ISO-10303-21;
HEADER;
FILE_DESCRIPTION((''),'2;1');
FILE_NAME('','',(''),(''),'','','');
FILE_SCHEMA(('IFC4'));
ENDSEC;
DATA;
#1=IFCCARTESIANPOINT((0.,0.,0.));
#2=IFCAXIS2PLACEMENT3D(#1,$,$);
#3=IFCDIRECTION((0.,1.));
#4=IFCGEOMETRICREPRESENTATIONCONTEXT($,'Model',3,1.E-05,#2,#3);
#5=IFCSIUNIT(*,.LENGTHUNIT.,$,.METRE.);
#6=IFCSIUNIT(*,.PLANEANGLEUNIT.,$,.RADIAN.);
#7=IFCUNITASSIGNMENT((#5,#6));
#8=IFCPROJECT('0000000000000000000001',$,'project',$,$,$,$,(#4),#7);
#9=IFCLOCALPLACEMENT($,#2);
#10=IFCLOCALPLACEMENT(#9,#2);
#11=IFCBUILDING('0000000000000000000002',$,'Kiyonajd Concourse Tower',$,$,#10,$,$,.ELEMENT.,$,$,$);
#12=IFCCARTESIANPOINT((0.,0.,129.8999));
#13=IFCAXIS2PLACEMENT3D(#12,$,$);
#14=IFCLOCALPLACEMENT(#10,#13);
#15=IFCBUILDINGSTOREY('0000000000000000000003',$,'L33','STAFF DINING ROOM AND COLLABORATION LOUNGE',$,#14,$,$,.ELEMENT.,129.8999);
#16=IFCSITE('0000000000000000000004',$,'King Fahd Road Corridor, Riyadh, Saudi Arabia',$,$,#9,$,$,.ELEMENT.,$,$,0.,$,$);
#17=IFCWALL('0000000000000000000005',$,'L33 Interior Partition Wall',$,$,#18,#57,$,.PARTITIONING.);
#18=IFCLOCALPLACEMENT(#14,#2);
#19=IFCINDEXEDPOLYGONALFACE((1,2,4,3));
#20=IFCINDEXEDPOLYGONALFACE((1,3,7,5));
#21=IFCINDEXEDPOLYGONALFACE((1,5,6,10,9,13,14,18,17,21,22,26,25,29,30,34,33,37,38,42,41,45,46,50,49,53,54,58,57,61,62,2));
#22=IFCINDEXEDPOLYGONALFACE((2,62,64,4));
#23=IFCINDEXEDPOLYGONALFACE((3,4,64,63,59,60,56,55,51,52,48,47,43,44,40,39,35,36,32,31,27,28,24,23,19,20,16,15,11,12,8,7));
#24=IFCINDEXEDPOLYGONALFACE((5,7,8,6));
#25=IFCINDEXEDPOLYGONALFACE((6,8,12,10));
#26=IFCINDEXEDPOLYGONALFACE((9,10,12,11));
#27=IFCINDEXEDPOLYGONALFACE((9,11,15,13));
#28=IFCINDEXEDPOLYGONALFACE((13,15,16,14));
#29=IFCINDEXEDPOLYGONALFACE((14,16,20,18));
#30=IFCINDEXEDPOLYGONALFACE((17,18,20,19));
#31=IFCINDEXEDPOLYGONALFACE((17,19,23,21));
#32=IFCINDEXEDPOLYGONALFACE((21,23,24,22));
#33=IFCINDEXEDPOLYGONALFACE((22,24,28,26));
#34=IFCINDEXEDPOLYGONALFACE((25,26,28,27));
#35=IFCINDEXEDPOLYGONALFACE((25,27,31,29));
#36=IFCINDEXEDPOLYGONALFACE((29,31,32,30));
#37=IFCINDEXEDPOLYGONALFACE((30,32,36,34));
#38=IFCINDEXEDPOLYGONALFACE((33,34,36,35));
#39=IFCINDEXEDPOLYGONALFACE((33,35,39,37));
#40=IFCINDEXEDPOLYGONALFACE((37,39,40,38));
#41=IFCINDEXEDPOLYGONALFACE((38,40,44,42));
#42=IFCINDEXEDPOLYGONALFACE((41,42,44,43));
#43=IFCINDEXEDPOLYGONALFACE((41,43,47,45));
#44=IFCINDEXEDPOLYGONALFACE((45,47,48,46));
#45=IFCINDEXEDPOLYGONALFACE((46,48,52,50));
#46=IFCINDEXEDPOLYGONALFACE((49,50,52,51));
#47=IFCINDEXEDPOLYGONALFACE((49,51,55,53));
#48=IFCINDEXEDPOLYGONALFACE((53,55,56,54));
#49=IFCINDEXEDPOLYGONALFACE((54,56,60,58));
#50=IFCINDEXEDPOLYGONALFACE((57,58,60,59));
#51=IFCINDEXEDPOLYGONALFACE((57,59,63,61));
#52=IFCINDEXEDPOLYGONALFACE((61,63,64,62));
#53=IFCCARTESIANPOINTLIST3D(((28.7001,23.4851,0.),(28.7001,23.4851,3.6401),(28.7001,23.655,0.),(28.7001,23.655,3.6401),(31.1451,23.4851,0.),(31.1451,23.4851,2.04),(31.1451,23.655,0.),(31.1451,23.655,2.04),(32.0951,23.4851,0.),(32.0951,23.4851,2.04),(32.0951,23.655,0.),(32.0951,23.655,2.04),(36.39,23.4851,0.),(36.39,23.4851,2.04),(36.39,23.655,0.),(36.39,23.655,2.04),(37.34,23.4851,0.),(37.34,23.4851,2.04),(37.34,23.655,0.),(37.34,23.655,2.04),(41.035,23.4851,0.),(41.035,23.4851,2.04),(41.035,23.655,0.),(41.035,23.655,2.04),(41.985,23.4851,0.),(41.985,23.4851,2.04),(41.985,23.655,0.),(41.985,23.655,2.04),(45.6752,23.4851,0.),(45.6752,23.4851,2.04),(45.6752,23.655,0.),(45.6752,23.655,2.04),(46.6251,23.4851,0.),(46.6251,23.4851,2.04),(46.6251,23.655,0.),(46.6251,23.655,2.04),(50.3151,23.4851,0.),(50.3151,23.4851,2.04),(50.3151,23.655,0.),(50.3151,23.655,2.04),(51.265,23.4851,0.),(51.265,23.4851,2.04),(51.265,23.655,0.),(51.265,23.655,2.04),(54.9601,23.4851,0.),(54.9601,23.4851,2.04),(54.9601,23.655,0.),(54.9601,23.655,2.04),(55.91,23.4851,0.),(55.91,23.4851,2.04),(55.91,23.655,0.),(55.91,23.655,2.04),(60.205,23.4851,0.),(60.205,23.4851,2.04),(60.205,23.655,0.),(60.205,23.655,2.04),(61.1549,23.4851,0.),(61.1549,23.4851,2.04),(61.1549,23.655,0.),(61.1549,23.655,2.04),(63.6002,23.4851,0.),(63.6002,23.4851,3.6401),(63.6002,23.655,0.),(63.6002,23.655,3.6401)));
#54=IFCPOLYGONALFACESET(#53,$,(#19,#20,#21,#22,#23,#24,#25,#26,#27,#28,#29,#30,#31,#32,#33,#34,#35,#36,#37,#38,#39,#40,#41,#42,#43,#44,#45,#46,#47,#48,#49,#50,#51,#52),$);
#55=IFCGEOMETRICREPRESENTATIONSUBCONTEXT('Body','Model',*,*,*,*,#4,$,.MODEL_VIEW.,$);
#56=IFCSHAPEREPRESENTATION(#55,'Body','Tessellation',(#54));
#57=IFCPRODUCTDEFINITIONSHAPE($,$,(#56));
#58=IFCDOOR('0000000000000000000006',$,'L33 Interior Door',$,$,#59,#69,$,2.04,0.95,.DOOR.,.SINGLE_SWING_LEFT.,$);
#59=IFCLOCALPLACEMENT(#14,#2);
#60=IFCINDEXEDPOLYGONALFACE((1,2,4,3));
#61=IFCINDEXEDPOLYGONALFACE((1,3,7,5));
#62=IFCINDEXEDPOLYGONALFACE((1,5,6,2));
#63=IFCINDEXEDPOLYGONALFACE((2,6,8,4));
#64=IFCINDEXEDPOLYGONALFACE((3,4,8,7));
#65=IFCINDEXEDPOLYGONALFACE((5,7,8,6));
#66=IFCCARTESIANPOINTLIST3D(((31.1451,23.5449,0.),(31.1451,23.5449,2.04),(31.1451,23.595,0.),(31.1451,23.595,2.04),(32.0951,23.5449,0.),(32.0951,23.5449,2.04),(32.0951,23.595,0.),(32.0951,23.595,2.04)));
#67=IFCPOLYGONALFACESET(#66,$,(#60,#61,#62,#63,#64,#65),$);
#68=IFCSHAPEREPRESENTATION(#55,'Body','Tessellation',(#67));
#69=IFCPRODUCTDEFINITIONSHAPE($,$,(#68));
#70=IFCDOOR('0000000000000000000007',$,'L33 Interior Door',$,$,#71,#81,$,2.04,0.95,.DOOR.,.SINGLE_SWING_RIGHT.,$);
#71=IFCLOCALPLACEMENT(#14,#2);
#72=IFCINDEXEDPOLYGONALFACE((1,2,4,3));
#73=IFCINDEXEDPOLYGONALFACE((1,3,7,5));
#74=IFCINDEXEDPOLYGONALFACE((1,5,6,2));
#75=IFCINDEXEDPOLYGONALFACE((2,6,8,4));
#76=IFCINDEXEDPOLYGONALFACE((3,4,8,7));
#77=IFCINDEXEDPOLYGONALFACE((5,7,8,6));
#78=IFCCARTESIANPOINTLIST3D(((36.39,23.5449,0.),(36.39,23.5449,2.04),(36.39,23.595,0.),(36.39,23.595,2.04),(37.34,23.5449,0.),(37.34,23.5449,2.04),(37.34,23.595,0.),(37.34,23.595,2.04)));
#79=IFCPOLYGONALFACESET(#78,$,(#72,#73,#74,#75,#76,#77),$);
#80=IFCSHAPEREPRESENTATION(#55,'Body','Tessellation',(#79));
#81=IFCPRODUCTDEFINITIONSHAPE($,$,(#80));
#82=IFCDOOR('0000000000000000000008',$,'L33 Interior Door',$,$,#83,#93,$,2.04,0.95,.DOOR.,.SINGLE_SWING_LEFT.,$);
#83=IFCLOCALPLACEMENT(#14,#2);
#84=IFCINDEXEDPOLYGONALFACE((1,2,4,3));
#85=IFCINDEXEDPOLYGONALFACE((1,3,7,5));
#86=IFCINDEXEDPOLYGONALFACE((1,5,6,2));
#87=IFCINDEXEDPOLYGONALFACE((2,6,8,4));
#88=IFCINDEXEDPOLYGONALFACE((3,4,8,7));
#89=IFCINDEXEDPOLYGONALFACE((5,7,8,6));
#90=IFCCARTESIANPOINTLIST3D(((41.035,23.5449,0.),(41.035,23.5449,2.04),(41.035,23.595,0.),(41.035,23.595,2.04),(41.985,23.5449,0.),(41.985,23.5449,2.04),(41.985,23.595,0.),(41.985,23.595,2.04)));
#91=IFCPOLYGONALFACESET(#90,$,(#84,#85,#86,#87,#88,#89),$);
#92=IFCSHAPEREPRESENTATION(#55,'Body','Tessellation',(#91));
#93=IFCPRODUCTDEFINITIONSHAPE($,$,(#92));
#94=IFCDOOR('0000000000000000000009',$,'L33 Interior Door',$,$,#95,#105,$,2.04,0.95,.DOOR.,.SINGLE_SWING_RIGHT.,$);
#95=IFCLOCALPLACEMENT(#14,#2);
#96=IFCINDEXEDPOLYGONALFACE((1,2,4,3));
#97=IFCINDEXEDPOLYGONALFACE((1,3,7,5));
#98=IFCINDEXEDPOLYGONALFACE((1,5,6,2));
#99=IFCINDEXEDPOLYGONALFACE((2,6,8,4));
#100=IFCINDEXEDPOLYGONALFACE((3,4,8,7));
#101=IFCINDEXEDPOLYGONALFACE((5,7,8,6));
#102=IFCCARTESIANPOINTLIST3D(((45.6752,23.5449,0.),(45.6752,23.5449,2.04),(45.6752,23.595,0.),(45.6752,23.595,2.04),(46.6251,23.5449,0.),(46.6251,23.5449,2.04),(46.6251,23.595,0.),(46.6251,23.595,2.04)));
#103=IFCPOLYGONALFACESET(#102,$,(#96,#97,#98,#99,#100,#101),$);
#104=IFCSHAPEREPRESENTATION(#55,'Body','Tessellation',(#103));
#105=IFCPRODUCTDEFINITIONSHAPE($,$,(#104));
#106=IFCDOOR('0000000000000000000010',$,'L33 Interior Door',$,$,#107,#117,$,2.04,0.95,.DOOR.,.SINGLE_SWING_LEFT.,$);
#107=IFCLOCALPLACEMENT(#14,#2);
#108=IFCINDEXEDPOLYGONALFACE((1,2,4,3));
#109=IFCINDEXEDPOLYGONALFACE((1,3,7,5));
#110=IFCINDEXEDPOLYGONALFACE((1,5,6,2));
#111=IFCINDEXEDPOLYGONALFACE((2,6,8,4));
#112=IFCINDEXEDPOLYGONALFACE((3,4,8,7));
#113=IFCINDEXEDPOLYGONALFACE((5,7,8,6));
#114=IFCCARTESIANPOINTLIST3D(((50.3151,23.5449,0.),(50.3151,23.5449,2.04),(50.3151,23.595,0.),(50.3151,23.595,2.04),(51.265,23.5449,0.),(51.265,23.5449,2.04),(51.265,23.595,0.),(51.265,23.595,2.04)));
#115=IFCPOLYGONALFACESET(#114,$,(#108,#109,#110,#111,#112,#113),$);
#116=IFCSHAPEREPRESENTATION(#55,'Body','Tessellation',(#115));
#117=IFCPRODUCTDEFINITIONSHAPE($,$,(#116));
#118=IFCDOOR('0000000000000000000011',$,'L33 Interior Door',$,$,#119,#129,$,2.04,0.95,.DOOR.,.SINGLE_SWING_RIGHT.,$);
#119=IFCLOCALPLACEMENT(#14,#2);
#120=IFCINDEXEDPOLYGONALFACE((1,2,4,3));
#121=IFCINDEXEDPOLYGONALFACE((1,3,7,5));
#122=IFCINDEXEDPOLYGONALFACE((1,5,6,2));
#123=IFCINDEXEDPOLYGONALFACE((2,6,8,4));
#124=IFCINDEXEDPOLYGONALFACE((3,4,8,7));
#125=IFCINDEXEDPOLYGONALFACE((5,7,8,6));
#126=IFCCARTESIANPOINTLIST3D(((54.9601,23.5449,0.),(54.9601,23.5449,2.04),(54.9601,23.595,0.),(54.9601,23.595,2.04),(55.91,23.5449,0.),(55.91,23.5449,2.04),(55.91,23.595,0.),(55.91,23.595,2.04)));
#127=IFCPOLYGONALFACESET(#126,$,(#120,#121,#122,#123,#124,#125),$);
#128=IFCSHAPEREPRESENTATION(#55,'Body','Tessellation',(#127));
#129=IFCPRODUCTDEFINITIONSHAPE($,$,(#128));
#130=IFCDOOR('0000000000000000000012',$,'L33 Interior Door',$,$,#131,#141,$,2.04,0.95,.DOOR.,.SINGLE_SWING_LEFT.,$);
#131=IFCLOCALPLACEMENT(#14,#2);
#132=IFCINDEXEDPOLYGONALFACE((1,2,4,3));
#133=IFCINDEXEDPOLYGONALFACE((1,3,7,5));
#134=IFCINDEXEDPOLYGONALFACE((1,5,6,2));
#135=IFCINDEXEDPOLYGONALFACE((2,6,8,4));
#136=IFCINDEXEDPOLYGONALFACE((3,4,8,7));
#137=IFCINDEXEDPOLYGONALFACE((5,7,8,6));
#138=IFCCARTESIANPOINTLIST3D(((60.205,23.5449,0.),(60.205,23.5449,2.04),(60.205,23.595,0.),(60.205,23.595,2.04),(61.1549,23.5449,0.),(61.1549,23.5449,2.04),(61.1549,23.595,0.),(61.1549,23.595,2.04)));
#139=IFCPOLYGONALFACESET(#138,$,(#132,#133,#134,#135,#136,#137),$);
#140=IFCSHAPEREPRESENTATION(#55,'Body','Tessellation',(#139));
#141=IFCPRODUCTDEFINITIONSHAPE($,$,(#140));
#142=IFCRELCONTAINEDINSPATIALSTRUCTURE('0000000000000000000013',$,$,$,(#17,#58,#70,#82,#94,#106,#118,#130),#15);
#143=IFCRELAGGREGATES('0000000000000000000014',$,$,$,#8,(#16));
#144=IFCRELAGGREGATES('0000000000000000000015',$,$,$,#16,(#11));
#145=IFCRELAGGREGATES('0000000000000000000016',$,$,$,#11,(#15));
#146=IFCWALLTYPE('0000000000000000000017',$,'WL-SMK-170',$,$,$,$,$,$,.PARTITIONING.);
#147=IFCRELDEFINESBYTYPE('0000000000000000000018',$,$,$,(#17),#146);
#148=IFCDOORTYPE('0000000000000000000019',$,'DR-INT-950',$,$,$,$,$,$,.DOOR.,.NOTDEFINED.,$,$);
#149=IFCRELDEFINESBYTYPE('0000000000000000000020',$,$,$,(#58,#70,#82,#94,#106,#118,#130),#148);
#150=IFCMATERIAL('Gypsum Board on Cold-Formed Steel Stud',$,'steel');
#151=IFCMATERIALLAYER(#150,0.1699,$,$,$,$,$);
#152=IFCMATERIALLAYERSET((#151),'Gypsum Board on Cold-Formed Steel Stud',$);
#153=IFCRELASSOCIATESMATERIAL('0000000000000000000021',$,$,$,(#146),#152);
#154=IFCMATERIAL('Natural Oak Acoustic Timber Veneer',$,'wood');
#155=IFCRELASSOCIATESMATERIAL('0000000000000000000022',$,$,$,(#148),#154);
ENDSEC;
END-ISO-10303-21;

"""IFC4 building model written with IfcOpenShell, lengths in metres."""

from ifc_helpers import new_model, si_unit, direction, frame, frame_2d, origin, place, context, subcontext, project, spatial, rectangle, extrude, material, layer, layer_set, type_object, element, fill, save


model = new_model("IFC4")

# Units and contexts
model_context = context("Model", 3, precision=1e-05, world=origin(), true_north=direction((0.0, 1.0)))
body_context = subcontext(model_context, "Body", "Model", "MODEL_VIEW")
ifc_project = project(units=[si_unit("LENGTHUNIT", "METRE"), si_unit("PLANEANGLEUNIT", "RADIAN")], contexts=[model_context])

# Site, building, storey
site_placement = place(None, origin())
site = spatial("IfcSite", under=ifc_project, at=site_placement, Name="King Fahd Road Corridor, Riyadh, Saudi Arabia", CompositionType="ELEMENT", RefElevation=0.0)
building_placement = place(site_placement, origin())
building = spatial("IfcBuilding", under=site, at=building_placement, Name="Kiyonajd Concourse Tower", CompositionType="ELEMENT")
storey_placement = place(building_placement, frame((0.0, 0.0, 129.8999)))
storey = spatial("IfcBuildingStorey", under=building, at=storey_placement, Name="L33", Description="STAFF DINING ROOM AND COLLABORATION LOUNGE", CompositionType="ELEMENT", Elevation=129.8999)

# Wall, openings, doors
ifc_material_1 = material(Name="Gypsum Board on Cold-Formed Steel Stud", Category="steel")
ifc_layer_1 = layer(ifc_material_1, 0.1699)
ifc_layer_set_1 = layer_set([ifc_layer_1], Name="Gypsum Board on Cold-Formed Steel Stud")
wall_type_1 = type_object("IfcWallType", Name="WL-SMK-170", PredefinedType="PARTITIONING", material=ifc_layer_set_1)
wall_1_placement = place(storey_placement, frame((28.7, 23.5701, 0.0), z_axis=(0.0, 0.0, 1.0), x_axis=(1.0, 0.0, 0.0)))
wall_1 = element("IfcWall", 1, at=wall_1_placement, inside=storey, type_object=wall_type_1, Name="L33 Interior Partition Wall", PredefinedType="PARTITIONING", context=body_context, shape_type="SweptSolid", body=[
    extrude(rectangle(XDim=34.9001, YDim=0.1699, at=frame_2d((17.4502, 0.0))), origin(), (0.0, 0.0, 1.0), 3.6401),
])
opening_1_placement = place(wall_1_placement, frame((2.4451, 0.0, 0.0)))
opening_1 = element("IfcOpeningElement", 2, at=opening_1_placement, cuts=wall_1, PredefinedType="OPENING", context=body_context, shape_type="SweptSolid", body=[
    extrude(rectangle(XDim=0.95, YDim=2.04, at=frame_2d((0.4751, 1.02))), frame((0.0, 0.095, 0.0), z_axis=(0.0, -1.0, 0.0), x_axis=(1.0, 0.0, 0.0)), (0.0, 0.0, 1.0), 0.1899),
])
opening_2_placement = place(wall_1_placement, frame((7.6899, 0.0, 0.0)))
opening_2 = element("IfcOpeningElement", 3, at=opening_2_placement, cuts=wall_1, PredefinedType="OPENING", context=body_context, shape_type="SweptSolid", body=[
    extrude(rectangle(XDim=0.95, YDim=2.04, at=frame_2d((0.4751, 1.02))), frame((0.0, 0.095, 0.0), z_axis=(0.0, -1.0, 0.0), x_axis=(1.0, 0.0, 0.0)), (0.0, 0.0, 1.0), 0.1899),
])
opening_3_placement = place(wall_1_placement, frame((12.335, 0.0, 0.0)))
opening_3 = element("IfcOpeningElement", 4, at=opening_3_placement, cuts=wall_1, PredefinedType="OPENING", context=body_context, shape_type="SweptSolid", body=[
    extrude(rectangle(XDim=0.95, YDim=2.04, at=frame_2d((0.4751, 1.02))), frame((0.0, 0.095, 0.0), z_axis=(0.0, -1.0, 0.0), x_axis=(1.0, 0.0, 0.0)), (0.0, 0.0, 1.0), 0.1899),
])
opening_4_placement = place(wall_1_placement, frame((16.9751, 0.0, 0.0)))
opening_4 = element("IfcOpeningElement", 5, at=opening_4_placement, cuts=wall_1, PredefinedType="OPENING", context=body_context, shape_type="SweptSolid", body=[
    extrude(rectangle(XDim=0.95, YDim=2.04, at=frame_2d((0.4751, 1.02))), frame((0.0, 0.095, 0.0), z_axis=(0.0, -1.0, 0.0), x_axis=(1.0, 0.0, 0.0)), (0.0, 0.0, 1.0), 0.1899),
])
opening_5_placement = place(wall_1_placement, frame((21.615, 0.0, 0.0)))
opening_5 = element("IfcOpeningElement", 6, at=opening_5_placement, cuts=wall_1, PredefinedType="OPENING", context=body_context, shape_type="SweptSolid", body=[
    extrude(rectangle(XDim=0.95, YDim=2.04, at=frame_2d((0.4751, 1.02))), frame((0.0, 0.095, 0.0), z_axis=(0.0, -1.0, 0.0), x_axis=(1.0, 0.0, 0.0)), (0.0, 0.0, 1.0), 0.1899),
])
opening_6_placement = place(wall_1_placement, frame((26.26, 0.0, 0.0)))
opening_6 = element("IfcOpeningElement", 7, at=opening_6_placement, cuts=wall_1, PredefinedType="OPENING", context=body_context, shape_type="SweptSolid", body=[
    extrude(rectangle(XDim=0.95, YDim=2.04, at=frame_2d((0.4751, 1.02))), frame((0.0, 0.095, 0.0), z_axis=(0.0, -1.0, 0.0), x_axis=(1.0, 0.0, 0.0)), (0.0, 0.0, 1.0), 0.1899),
])
opening_7_placement = place(wall_1_placement, frame((31.5049, 0.0, 0.0)))
opening_7 = element("IfcOpeningElement", 8, at=opening_7_placement, cuts=wall_1, PredefinedType="OPENING", context=body_context, shape_type="SweptSolid", body=[
    extrude(rectangle(XDim=0.95, YDim=2.04, at=frame_2d((0.4751, 1.02))), frame((0.0, 0.095, 0.0), z_axis=(0.0, -1.0, 0.0), x_axis=(1.0, 0.0, 0.0)), (0.0, 0.0, 1.0), 0.1899),
])
ifc_material_2 = material(Name="Natural Oak Acoustic Timber Veneer", Category="wood")
door_type = type_object("IfcDoorType", Name="DR-INT-950", OperationType="NOTDEFINED", PredefinedType="DOOR", material=ifc_material_2)
door_1_placement = place(opening_1_placement, origin())
door_1 = element("IfcDoor", 9, at=door_1_placement, inside=storey, type_object=door_type, Name="L33 Interior Door", OperationType="SINGLE_SWING_LEFT", OverallHeight=2.04, OverallWidth=0.95, PredefinedType="DOOR", context=body_context, shape_type="SweptSolid", body=[
    extrude(rectangle(XDim=0.95, YDim=2.04, at=frame_2d((0.4751, 1.02))), frame((0.0, 0.0249, 0.0), z_axis=(0.0, -1.0, 0.0), x_axis=(1.0, 0.0, 0.0)), (0.0, 0.0, 1.0), 0.05),
])
fill(opening_1, door_1)
door_2_placement = place(opening_2_placement, origin())
door_2 = element("IfcDoor", 10, at=door_2_placement, inside=storey, type_object=door_type, Name="L33 Interior Door", OperationType="SINGLE_SWING_RIGHT", OverallHeight=2.04, OverallWidth=0.95, PredefinedType="DOOR", context=body_context, shape_type="SweptSolid", body=[
    extrude(rectangle(XDim=0.95, YDim=2.04, at=frame_2d((0.4751, 1.02))), frame((0.0, 0.0249, 0.0), z_axis=(0.0, -1.0, 0.0), x_axis=(1.0, 0.0, 0.0)), (0.0, 0.0, 1.0), 0.05),
])
fill(opening_2, door_2)
door_3_placement = place(opening_3_placement, origin())
door_3 = element("IfcDoor", 11, at=door_3_placement, inside=storey, type_object=door_type, Name="L33 Interior Door", OperationType="SINGLE_SWING_LEFT", OverallHeight=2.04, OverallWidth=0.95, PredefinedType="DOOR", context=body_context, shape_type="SweptSolid", body=[
    extrude(rectangle(XDim=0.95, YDim=2.04, at=frame_2d((0.4751, 1.02))), frame((0.0, 0.0249, 0.0), z_axis=(0.0, -1.0, 0.0), x_axis=(1.0, 0.0, 0.0)), (0.0, 0.0, 1.0), 0.05),
])
fill(opening_3, door_3)
door_4_placement = place(opening_4_placement, origin())
door_4 = element("IfcDoor", 12, at=door_4_placement, inside=storey, type_object=door_type, Name="L33 Interior Door", OperationType="SINGLE_SWING_RIGHT", OverallHeight=2.04, OverallWidth=0.95, PredefinedType="DOOR", context=body_context, shape_type="SweptSolid", body=[
    extrude(rectangle(XDim=0.95, YDim=2.04, at=frame_2d((0.4751, 1.02))), frame((0.0, 0.0249, 0.0), z_axis=(0.0, -1.0, 0.0), x_axis=(1.0, 0.0, 0.0)), (0.0, 0.0, 1.0), 0.05),
])
fill(opening_4, door_4)
door_5_placement = place(opening_5_placement, origin())
door_5 = element("IfcDoor", 13, at=door_5_placement, inside=storey, type_object=door_type, Name="L33 Interior Door", OperationType="SINGLE_SWING_LEFT", OverallHeight=2.04, OverallWidth=0.95, PredefinedType="DOOR", context=body_context, shape_type="SweptSolid", body=[
    extrude(rectangle(XDim=0.95, YDim=2.04, at=frame_2d((0.4751, 1.02))), frame((0.0, 0.0249, 0.0), z_axis=(0.0, -1.0, 0.0), x_axis=(1.0, 0.0, 0.0)), (0.0, 0.0, 1.0), 0.05),
])
fill(opening_5, door_5)
door_6_placement = place(opening_6_placement, origin())
door_6 = element("IfcDoor", 14, at=door_6_placement, inside=storey, type_object=door_type, Name="L33 Interior Door", OperationType="SINGLE_SWING_RIGHT", OverallHeight=2.04, OverallWidth=0.95, PredefinedType="DOOR", context=body_context, shape_type="SweptSolid", body=[
    extrude(rectangle(XDim=0.95, YDim=2.04, at=frame_2d((0.4751, 1.02))), frame((0.0, 0.0249, 0.0), z_axis=(0.0, -1.0, 0.0), x_axis=(1.0, 0.0, 0.0)), (0.0, 0.0, 1.0), 0.05),
])
fill(opening_6, door_6)
door_7_placement = place(opening_7_placement, origin())
door_7 = element("IfcDoor", 15, at=door_7_placement, inside=storey, type_object=door_type, Name="L33 Interior Door", OperationType="SINGLE_SWING_LEFT", OverallHeight=2.04, OverallWidth=0.95, PredefinedType="DOOR", context=body_context, shape_type="SweptSolid", body=[
    extrude(rectangle(XDim=0.95, YDim=2.04, at=frame_2d((0.4751, 1.02))), frame((0.0, 0.0249, 0.0), z_axis=(0.0, -1.0, 0.0), x_axis=(1.0, 0.0, 0.0)), (0.0, 0.0, 1.0), 0.05),
])
fill(opening_7, door_7)

save(model, "model.ifc")
